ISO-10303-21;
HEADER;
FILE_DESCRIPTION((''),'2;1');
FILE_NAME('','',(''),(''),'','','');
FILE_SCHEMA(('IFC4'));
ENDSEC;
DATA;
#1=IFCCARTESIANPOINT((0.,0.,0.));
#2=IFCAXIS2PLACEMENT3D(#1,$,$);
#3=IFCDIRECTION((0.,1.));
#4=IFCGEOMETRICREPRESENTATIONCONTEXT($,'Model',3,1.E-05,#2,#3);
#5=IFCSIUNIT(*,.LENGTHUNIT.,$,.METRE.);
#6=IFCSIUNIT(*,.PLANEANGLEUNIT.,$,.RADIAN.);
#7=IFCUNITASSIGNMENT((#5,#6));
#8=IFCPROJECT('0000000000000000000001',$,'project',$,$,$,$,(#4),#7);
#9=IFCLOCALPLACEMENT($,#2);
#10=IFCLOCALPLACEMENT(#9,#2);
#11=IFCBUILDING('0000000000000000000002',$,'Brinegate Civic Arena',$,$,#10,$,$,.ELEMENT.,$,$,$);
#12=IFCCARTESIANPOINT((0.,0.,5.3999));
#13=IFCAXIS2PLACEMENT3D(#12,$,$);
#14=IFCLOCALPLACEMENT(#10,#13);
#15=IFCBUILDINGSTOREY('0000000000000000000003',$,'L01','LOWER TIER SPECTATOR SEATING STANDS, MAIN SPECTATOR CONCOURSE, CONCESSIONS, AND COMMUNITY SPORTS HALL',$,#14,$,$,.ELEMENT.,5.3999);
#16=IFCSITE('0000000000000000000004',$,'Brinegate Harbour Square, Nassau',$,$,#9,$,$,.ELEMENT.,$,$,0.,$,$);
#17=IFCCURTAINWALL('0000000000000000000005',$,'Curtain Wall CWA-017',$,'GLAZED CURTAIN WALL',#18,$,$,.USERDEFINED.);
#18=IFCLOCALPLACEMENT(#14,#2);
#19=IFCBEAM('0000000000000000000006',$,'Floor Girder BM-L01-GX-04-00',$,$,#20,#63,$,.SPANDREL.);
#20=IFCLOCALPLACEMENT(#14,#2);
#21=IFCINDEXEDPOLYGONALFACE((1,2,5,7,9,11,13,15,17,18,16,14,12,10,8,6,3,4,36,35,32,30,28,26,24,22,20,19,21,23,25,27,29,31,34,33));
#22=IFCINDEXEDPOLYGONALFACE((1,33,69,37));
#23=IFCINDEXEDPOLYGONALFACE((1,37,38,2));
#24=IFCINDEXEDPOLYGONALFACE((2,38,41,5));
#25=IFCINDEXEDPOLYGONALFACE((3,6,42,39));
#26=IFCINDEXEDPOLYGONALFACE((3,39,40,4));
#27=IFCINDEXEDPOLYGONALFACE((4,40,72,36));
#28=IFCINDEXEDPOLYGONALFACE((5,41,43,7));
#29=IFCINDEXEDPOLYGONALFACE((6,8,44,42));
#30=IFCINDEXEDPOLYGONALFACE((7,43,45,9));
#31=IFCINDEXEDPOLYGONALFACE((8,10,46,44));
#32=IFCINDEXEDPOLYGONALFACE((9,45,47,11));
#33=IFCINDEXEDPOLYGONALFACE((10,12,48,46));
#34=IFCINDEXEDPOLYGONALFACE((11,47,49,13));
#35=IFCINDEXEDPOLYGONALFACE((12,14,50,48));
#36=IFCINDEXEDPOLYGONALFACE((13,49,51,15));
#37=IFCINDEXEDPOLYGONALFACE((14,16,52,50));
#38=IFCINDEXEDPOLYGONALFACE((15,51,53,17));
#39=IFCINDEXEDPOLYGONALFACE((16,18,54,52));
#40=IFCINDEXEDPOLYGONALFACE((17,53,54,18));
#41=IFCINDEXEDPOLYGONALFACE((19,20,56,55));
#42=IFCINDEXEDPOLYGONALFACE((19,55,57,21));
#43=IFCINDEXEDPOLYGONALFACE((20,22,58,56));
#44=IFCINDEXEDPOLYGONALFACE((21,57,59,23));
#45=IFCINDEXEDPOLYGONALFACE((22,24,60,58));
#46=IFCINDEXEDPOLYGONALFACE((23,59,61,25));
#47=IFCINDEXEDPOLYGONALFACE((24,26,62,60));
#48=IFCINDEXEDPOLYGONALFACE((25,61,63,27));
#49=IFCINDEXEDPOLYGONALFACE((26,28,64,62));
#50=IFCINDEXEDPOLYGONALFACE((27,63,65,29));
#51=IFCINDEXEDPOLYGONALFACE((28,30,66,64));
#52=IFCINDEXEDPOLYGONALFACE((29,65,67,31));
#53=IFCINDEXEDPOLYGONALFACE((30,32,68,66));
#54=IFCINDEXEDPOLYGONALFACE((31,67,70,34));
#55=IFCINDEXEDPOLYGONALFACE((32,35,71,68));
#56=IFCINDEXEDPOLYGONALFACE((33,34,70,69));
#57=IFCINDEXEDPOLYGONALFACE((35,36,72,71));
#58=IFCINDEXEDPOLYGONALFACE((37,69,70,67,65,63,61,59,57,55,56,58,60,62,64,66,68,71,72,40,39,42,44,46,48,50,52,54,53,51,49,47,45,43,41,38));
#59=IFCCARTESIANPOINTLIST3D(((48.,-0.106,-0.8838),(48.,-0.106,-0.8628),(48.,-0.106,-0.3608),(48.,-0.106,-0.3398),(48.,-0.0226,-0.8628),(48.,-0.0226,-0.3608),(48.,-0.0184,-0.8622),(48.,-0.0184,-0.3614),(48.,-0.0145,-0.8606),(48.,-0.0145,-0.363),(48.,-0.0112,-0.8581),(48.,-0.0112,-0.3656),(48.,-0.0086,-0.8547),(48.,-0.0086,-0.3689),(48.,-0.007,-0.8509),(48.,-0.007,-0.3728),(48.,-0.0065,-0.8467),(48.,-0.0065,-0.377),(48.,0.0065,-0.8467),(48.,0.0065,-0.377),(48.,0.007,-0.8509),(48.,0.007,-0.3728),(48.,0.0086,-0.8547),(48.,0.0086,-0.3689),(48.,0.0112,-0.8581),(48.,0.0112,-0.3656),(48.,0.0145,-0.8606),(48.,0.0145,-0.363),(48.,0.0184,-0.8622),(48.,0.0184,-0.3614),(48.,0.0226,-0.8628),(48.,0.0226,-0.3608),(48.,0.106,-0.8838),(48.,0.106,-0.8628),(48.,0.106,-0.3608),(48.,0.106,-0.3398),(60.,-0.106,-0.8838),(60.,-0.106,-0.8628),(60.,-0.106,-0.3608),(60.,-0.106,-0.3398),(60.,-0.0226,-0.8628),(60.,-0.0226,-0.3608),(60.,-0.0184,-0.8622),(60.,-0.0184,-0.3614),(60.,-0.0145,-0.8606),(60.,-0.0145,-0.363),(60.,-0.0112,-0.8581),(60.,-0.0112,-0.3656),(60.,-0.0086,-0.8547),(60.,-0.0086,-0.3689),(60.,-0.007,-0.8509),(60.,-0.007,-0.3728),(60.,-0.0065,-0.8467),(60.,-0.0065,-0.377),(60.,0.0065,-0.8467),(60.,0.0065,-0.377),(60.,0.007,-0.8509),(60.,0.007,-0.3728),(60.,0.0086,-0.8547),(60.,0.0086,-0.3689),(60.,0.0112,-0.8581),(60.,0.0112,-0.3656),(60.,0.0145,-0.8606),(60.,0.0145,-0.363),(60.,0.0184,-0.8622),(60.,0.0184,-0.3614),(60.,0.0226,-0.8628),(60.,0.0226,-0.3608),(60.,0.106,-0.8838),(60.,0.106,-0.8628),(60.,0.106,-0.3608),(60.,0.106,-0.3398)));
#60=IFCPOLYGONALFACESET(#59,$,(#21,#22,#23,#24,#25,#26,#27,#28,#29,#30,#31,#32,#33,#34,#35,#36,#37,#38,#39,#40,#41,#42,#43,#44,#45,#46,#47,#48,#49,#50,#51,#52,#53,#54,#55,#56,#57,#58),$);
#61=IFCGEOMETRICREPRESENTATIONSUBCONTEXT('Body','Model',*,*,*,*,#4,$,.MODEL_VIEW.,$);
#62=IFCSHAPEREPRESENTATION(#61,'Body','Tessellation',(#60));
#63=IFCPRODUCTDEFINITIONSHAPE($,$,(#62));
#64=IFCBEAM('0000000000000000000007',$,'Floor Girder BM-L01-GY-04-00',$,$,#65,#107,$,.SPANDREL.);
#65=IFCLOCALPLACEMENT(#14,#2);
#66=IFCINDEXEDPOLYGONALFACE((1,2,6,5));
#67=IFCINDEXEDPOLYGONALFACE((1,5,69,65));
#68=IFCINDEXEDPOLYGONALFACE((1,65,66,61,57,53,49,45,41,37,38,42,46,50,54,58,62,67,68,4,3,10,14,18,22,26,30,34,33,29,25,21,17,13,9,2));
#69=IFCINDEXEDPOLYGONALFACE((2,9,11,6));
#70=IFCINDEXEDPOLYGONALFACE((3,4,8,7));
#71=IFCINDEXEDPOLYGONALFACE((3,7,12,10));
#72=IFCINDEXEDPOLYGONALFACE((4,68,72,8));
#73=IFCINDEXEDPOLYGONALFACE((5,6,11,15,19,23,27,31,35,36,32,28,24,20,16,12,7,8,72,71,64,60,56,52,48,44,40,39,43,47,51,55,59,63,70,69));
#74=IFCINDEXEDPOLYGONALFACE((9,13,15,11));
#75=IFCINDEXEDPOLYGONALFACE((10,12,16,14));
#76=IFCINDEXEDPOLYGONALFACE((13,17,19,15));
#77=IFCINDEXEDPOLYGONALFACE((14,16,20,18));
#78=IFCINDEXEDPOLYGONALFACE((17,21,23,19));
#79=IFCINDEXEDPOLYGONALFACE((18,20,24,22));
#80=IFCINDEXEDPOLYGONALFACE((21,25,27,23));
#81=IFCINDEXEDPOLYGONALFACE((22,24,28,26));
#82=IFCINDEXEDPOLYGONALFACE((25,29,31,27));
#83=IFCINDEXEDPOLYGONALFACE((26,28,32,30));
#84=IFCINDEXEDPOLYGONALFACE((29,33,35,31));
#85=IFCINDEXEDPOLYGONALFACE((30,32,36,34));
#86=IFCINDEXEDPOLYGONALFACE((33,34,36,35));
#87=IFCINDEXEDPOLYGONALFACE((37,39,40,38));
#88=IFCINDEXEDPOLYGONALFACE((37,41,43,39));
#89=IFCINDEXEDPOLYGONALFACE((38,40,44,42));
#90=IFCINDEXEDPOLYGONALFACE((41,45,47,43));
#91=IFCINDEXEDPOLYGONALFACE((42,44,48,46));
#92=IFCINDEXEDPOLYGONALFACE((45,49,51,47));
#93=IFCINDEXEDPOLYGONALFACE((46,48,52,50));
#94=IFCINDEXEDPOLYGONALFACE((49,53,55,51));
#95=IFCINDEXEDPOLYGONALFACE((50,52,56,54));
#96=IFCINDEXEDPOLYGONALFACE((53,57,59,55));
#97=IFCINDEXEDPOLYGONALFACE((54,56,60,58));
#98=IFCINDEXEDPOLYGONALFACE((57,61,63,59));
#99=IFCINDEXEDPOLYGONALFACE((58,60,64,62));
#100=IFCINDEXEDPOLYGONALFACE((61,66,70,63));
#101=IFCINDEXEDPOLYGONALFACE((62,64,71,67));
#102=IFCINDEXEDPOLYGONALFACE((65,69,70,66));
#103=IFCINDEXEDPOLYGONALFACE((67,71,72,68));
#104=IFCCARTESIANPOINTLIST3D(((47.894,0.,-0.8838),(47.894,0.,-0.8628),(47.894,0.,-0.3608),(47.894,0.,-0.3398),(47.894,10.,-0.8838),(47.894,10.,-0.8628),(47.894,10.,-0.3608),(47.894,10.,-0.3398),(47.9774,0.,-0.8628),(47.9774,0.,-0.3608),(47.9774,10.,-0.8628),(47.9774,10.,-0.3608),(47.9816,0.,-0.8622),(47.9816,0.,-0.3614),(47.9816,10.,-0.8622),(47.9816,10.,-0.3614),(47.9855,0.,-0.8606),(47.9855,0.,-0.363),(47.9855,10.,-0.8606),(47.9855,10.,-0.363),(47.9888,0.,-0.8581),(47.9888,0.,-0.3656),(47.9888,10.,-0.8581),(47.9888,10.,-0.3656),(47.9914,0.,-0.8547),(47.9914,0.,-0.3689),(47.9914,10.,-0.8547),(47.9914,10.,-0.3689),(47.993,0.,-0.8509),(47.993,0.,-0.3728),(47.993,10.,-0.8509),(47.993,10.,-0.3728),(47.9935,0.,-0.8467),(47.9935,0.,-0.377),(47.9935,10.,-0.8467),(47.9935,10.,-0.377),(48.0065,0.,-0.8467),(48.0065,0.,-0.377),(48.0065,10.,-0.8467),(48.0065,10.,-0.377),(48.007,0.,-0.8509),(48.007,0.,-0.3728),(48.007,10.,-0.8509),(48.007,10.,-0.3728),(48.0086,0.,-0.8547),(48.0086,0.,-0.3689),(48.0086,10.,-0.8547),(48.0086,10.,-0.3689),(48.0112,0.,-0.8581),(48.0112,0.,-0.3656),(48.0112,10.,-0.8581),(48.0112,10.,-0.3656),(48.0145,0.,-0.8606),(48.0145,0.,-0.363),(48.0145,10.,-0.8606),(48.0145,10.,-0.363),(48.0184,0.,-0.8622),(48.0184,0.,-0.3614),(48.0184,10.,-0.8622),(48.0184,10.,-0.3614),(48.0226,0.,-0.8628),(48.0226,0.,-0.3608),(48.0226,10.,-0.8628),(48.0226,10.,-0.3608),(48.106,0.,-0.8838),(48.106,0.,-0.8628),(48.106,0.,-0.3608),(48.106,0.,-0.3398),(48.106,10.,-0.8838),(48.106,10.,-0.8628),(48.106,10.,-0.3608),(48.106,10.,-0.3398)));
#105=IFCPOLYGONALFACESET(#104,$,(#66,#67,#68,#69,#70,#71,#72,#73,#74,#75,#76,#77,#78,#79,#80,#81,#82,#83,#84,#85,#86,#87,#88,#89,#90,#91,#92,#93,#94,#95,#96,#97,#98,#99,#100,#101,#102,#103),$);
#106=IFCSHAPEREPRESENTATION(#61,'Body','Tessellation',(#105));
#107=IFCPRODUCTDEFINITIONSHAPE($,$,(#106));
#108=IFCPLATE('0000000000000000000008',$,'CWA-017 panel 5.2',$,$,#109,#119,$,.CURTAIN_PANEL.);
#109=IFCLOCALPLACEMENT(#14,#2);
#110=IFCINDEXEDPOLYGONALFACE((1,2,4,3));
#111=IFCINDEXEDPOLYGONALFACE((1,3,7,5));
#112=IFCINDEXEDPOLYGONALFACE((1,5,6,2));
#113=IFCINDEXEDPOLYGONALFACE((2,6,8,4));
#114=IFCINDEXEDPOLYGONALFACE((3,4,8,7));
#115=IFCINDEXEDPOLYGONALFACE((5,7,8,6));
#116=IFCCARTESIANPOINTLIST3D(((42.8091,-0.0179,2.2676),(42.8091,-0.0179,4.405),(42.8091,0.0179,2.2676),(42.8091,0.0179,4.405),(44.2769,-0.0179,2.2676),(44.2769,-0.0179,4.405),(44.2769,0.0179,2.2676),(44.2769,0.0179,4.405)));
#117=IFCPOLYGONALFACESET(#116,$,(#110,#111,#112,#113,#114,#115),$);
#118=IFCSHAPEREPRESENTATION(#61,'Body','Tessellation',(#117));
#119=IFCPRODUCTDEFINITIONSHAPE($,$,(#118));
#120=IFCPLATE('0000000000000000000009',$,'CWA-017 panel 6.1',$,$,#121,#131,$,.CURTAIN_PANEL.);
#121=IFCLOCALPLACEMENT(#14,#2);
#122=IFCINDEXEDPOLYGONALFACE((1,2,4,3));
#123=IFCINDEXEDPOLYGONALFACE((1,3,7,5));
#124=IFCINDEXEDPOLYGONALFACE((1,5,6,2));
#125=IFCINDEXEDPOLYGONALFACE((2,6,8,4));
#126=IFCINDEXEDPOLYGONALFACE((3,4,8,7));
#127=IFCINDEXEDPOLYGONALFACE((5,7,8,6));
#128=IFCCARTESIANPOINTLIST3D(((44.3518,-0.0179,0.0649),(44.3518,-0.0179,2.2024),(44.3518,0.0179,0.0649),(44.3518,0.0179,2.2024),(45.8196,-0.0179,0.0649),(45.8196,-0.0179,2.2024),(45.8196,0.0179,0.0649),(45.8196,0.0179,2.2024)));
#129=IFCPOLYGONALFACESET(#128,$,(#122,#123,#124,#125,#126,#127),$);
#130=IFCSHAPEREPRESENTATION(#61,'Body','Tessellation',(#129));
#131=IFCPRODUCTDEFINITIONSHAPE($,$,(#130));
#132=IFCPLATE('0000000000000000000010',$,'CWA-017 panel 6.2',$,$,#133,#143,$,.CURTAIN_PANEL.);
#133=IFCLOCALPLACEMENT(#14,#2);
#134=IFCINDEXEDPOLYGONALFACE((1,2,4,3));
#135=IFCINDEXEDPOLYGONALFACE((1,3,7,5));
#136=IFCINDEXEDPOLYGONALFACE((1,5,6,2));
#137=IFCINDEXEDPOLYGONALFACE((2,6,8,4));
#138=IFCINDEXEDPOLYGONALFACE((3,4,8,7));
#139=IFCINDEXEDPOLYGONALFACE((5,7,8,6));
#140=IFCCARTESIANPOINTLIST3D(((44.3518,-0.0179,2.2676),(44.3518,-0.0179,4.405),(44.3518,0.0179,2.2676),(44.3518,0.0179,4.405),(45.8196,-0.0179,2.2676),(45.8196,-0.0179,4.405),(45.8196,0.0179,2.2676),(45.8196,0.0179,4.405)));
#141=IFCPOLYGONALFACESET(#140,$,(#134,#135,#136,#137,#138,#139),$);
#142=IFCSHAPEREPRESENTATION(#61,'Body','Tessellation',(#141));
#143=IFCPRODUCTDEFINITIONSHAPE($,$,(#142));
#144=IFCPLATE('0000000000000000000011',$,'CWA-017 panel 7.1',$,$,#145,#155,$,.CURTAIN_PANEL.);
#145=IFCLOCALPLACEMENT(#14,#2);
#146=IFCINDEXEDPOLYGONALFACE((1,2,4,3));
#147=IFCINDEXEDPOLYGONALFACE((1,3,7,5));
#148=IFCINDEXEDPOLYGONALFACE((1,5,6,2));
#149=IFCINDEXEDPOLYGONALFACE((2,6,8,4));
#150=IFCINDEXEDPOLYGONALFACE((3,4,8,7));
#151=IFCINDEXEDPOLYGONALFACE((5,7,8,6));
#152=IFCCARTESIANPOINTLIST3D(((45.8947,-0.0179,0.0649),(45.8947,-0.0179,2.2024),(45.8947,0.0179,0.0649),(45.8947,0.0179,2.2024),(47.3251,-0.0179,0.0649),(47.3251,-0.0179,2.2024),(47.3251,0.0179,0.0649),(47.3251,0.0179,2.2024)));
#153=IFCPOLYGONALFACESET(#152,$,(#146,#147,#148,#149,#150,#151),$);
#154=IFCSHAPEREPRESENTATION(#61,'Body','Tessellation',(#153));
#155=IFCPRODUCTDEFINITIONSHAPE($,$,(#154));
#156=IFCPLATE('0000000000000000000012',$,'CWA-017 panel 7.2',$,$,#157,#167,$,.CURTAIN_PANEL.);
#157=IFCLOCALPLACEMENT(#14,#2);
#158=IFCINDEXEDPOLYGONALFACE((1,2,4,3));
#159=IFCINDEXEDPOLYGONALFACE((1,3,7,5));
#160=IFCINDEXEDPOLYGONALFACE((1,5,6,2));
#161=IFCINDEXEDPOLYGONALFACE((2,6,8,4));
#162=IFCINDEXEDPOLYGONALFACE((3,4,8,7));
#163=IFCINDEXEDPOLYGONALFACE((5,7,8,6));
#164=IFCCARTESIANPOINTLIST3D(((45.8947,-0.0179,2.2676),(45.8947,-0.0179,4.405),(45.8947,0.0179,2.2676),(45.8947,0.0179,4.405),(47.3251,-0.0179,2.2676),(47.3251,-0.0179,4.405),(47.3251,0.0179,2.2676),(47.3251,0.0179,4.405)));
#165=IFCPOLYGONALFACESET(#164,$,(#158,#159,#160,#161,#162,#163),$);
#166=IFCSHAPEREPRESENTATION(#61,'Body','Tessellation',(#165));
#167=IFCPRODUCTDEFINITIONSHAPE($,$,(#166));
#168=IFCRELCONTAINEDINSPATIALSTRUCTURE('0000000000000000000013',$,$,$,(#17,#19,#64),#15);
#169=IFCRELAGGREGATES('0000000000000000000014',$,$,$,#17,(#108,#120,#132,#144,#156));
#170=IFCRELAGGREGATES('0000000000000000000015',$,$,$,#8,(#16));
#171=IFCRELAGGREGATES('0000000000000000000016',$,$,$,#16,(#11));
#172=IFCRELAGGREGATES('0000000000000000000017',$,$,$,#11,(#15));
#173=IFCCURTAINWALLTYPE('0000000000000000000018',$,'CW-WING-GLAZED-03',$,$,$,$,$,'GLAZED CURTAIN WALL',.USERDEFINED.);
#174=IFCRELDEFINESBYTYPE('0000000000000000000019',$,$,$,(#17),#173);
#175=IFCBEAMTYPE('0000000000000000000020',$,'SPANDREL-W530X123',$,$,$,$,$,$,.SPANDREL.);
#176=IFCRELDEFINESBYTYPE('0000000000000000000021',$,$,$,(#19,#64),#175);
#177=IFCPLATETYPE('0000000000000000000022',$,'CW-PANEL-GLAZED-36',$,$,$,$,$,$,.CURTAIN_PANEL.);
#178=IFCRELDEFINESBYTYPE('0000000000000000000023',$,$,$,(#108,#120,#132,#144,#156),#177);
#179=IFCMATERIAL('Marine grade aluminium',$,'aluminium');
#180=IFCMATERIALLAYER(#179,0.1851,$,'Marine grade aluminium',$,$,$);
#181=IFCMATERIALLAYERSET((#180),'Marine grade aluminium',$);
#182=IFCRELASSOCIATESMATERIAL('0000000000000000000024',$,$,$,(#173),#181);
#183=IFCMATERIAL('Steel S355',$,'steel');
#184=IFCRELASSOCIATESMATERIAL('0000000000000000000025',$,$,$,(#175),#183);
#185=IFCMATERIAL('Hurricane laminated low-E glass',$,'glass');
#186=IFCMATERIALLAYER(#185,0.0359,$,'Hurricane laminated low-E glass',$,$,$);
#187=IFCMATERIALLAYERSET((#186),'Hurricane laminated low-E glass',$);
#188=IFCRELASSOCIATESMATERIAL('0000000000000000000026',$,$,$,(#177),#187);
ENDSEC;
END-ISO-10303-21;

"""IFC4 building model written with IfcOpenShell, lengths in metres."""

from ifc_helpers import new_model, si_unit, direction, frame, origin, origin_2d, place, context, subcontext, project, spatial, rectangle, i_section, extrude, material, layer, layer_set, material_profile, profile_set, type_object, element, aggregate, save


model = new_model("IFC4")

# Units and contexts
model_context = context("Model", 3, precision=1e-05, world=origin(), true_north=direction((0.0, 1.0)))
body_context = subcontext(model_context, "Body", "Model", "MODEL_VIEW")
ifc_project = project(units=[si_unit("LENGTHUNIT", "METRE"), si_unit("PLANEANGLEUNIT", "RADIAN")], contexts=[model_context])

# Site, building, storey
site_placement = place(None, origin())
site = spatial("IfcSite", under=ifc_project, at=site_placement, Name="Brinegate Harbour Square, Nassau", CompositionType="ELEMENT", RefElevation=0.0)
building_placement = place(site_placement, origin())
building = spatial("IfcBuilding", under=site, at=building_placement, Name="Brinegate Civic Arena", CompositionType="ELEMENT")
storey_placement = place(building_placement, frame((0.0, 0.0, 5.3999)))
storey = spatial("IfcBuildingStorey", under=building, at=storey_placement, Name="L01", Description="LOWER TIER SPECTATOR SEATING STANDS, MAIN SPECTATOR CONCOURSE, CONCESSIONS, AND COMMUNITY SPORTS HALL", CompositionType="ELEMENT", Elevation=5.3999)

# Curtain wall
ifc_material_1 = material(Name="Marine grade aluminium", Category="aluminium")
ifc_layer_1 = layer(ifc_material_1, 0.1851, Name="Marine grade aluminium")
ifc_layer_set_1 = layer_set([ifc_layer_1], Name="Marine grade aluminium")
curtain_wall_type_1 = type_object("IfcCurtainWallType", Name="CW-WING-GLAZED-03", ElementType="GLAZED CURTAIN WALL", PredefinedType="USERDEFINED", material=ifc_layer_set_1)
curtain_wall_1_placement = place(storey_placement, origin())
curtain_wall_1 = element("IfcCurtainWall", 1, at=curtain_wall_1_placement, inside=storey, type_object=curtain_wall_type_1, Name="Curtain Wall CWA-017", ObjectType="GLAZED CURTAIN WALL", PredefinedType="USERDEFINED")

# Beams
ifc_material_2 = material(Name="Steel S355", Category="steel")
ifc_material_profile_1 = material_profile(ifc_material_2, i_section(OverallWidth=0.2119, OverallDepth=0.5439, WebThickness=0.0129, FlangeThickness=0.021, FilletRadius=0.0161, at=origin_2d()), Name="W530X123")
ifc_profile_set_1 = profile_set([ifc_material_profile_1], Name="Steel S355")
beam_type_1 = type_object("IfcBeamType", Name="SPANDREL-W530X123", PredefinedType="SPANDREL", material=ifc_profile_set_1)
beam_1_placement = place(storey_placement, frame((48.0, 0.0, -0.6118), z_axis=(1.0, 0.0, 0.0), x_axis=(0.0, 1.0, 0.0)))
element("IfcBeam", 2, at=beam_1_placement, inside=storey, type_object=beam_type_1, Name="Floor Girder BM-L01-GX-04-00", PredefinedType="SPANDREL", context=body_context, shape_type="SweptSolid", body=[
    extrude(i_section(OverallWidth=0.2119, OverallDepth=0.5439, WebThickness=0.0129, FlangeThickness=0.021, FilletRadius=0.0161, at=origin_2d()), origin(), (0.0, 0.0, 1.0), 12.0),
])
beam_2_placement = place(storey_placement, frame((48.0, 0.0, -0.6118), z_axis=(0.0, 1.0, 0.0), x_axis=(-1.0, 0.0, 0.0)))
element("IfcBeam", 3, at=beam_2_placement, inside=storey, type_object=beam_type_1, Name="Floor Girder BM-L01-GY-04-00", PredefinedType="SPANDREL", context=body_context, shape_type="SweptSolid", body=[
    extrude(i_section(OverallWidth=0.2119, OverallDepth=0.5439, WebThickness=0.0129, FlangeThickness=0.021, FilletRadius=0.0161, at=origin_2d()), origin(), (0.0, 0.0, 1.0), 10.0),
])

# Plates
ifc_material_3 = material(Name="Hurricane laminated low-E glass", Category="glass")
ifc_layer_2 = layer(ifc_material_3, 0.0359, Name="Hurricane laminated low-E glass")
ifc_layer_set_2 = layer_set([ifc_layer_2], Name="Hurricane laminated low-E glass")
plate_type = type_object("IfcPlateType", Name="CW-PANEL-GLAZED-36", PredefinedType="CURTAIN_PANEL", material=ifc_layer_set_2)
plate_1_placement = place(storey_placement, frame((43.543, 0.0, 2.2676), z_axis=(0.0, 0.0, 1.0), x_axis=(1.0, 0.0, 0.0)))
plate_1 = element("IfcPlate", 4, at=plate_1_placement, type_object=plate_type, Name="CWA-017 panel 5.2", PredefinedType="CURTAIN_PANEL", context=body_context, shape_type="SweptSolid", body=[
    extrude(rectangle(XDim=1.4678, YDim=0.0359, at=origin_2d()), origin(), (0.0, 0.0, 1.0), 2.1375),
])
plate_2_placement = place(storey_placement, frame((45.0857, 0.0, 0.0649), z_axis=(0.0, 0.0, 1.0), x_axis=(1.0, 0.0, 0.0)))
plate_2 = element("IfcPlate", 5, at=plate_2_placement, type_object=plate_type, Name="CWA-017 panel 6.1", PredefinedType="CURTAIN_PANEL", context=body_context, shape_type="SweptSolid", body=[
    extrude(rectangle(XDim=1.4678, YDim=0.0359, at=origin_2d()), origin(), (0.0, 0.0, 1.0), 2.1375),
])
plate_3_placement = place(storey_placement, frame((45.0857, 0.0, 2.2676), z_axis=(0.0, 0.0, 1.0), x_axis=(1.0, 0.0, 0.0)))
plate_3 = element("IfcPlate", 6, at=plate_3_placement, type_object=plate_type, Name="CWA-017 panel 6.2", PredefinedType="CURTAIN_PANEL", context=body_context, shape_type="SweptSolid", body=[
    extrude(rectangle(XDim=1.4678, YDim=0.0359, at=origin_2d()), origin(), (0.0, 0.0, 1.0), 2.1375),
])
plate_4_placement = place(storey_placement, frame((46.6099, 0.0, 0.0649), z_axis=(0.0, 0.0, 1.0), x_axis=(1.0, 0.0, 0.0)))
plate_4 = element("IfcPlate", 7, at=plate_4_placement, type_object=plate_type, Name="CWA-017 panel 7.1", PredefinedType="CURTAIN_PANEL", context=body_context, shape_type="SweptSolid", body=[
    extrude(rectangle(XDim=1.4304, YDim=0.0359, at=origin_2d()), origin(), (0.0, 0.0, 1.0), 2.1375),
])
plate_5_placement = place(storey_placement, frame((46.6099, 0.0, 2.2676), z_axis=(0.0, 0.0, 1.0), x_axis=(1.0, 0.0, 0.0)))
plate_5 = element("IfcPlate", 8, at=plate_5_placement, type_object=plate_type, Name="CWA-017 panel 7.2", PredefinedType="CURTAIN_PANEL", context=body_context, shape_type="SweptSolid", body=[
    extrude(rectangle(XDim=1.4304, YDim=0.0359, at=origin_2d()), origin(), (0.0, 0.0, 1.0), 2.1375),
])
aggregate(curtain_wall_1, [plate_1, plate_2, plate_3, plate_4, plate_5])

save(model, "model.ifc")
